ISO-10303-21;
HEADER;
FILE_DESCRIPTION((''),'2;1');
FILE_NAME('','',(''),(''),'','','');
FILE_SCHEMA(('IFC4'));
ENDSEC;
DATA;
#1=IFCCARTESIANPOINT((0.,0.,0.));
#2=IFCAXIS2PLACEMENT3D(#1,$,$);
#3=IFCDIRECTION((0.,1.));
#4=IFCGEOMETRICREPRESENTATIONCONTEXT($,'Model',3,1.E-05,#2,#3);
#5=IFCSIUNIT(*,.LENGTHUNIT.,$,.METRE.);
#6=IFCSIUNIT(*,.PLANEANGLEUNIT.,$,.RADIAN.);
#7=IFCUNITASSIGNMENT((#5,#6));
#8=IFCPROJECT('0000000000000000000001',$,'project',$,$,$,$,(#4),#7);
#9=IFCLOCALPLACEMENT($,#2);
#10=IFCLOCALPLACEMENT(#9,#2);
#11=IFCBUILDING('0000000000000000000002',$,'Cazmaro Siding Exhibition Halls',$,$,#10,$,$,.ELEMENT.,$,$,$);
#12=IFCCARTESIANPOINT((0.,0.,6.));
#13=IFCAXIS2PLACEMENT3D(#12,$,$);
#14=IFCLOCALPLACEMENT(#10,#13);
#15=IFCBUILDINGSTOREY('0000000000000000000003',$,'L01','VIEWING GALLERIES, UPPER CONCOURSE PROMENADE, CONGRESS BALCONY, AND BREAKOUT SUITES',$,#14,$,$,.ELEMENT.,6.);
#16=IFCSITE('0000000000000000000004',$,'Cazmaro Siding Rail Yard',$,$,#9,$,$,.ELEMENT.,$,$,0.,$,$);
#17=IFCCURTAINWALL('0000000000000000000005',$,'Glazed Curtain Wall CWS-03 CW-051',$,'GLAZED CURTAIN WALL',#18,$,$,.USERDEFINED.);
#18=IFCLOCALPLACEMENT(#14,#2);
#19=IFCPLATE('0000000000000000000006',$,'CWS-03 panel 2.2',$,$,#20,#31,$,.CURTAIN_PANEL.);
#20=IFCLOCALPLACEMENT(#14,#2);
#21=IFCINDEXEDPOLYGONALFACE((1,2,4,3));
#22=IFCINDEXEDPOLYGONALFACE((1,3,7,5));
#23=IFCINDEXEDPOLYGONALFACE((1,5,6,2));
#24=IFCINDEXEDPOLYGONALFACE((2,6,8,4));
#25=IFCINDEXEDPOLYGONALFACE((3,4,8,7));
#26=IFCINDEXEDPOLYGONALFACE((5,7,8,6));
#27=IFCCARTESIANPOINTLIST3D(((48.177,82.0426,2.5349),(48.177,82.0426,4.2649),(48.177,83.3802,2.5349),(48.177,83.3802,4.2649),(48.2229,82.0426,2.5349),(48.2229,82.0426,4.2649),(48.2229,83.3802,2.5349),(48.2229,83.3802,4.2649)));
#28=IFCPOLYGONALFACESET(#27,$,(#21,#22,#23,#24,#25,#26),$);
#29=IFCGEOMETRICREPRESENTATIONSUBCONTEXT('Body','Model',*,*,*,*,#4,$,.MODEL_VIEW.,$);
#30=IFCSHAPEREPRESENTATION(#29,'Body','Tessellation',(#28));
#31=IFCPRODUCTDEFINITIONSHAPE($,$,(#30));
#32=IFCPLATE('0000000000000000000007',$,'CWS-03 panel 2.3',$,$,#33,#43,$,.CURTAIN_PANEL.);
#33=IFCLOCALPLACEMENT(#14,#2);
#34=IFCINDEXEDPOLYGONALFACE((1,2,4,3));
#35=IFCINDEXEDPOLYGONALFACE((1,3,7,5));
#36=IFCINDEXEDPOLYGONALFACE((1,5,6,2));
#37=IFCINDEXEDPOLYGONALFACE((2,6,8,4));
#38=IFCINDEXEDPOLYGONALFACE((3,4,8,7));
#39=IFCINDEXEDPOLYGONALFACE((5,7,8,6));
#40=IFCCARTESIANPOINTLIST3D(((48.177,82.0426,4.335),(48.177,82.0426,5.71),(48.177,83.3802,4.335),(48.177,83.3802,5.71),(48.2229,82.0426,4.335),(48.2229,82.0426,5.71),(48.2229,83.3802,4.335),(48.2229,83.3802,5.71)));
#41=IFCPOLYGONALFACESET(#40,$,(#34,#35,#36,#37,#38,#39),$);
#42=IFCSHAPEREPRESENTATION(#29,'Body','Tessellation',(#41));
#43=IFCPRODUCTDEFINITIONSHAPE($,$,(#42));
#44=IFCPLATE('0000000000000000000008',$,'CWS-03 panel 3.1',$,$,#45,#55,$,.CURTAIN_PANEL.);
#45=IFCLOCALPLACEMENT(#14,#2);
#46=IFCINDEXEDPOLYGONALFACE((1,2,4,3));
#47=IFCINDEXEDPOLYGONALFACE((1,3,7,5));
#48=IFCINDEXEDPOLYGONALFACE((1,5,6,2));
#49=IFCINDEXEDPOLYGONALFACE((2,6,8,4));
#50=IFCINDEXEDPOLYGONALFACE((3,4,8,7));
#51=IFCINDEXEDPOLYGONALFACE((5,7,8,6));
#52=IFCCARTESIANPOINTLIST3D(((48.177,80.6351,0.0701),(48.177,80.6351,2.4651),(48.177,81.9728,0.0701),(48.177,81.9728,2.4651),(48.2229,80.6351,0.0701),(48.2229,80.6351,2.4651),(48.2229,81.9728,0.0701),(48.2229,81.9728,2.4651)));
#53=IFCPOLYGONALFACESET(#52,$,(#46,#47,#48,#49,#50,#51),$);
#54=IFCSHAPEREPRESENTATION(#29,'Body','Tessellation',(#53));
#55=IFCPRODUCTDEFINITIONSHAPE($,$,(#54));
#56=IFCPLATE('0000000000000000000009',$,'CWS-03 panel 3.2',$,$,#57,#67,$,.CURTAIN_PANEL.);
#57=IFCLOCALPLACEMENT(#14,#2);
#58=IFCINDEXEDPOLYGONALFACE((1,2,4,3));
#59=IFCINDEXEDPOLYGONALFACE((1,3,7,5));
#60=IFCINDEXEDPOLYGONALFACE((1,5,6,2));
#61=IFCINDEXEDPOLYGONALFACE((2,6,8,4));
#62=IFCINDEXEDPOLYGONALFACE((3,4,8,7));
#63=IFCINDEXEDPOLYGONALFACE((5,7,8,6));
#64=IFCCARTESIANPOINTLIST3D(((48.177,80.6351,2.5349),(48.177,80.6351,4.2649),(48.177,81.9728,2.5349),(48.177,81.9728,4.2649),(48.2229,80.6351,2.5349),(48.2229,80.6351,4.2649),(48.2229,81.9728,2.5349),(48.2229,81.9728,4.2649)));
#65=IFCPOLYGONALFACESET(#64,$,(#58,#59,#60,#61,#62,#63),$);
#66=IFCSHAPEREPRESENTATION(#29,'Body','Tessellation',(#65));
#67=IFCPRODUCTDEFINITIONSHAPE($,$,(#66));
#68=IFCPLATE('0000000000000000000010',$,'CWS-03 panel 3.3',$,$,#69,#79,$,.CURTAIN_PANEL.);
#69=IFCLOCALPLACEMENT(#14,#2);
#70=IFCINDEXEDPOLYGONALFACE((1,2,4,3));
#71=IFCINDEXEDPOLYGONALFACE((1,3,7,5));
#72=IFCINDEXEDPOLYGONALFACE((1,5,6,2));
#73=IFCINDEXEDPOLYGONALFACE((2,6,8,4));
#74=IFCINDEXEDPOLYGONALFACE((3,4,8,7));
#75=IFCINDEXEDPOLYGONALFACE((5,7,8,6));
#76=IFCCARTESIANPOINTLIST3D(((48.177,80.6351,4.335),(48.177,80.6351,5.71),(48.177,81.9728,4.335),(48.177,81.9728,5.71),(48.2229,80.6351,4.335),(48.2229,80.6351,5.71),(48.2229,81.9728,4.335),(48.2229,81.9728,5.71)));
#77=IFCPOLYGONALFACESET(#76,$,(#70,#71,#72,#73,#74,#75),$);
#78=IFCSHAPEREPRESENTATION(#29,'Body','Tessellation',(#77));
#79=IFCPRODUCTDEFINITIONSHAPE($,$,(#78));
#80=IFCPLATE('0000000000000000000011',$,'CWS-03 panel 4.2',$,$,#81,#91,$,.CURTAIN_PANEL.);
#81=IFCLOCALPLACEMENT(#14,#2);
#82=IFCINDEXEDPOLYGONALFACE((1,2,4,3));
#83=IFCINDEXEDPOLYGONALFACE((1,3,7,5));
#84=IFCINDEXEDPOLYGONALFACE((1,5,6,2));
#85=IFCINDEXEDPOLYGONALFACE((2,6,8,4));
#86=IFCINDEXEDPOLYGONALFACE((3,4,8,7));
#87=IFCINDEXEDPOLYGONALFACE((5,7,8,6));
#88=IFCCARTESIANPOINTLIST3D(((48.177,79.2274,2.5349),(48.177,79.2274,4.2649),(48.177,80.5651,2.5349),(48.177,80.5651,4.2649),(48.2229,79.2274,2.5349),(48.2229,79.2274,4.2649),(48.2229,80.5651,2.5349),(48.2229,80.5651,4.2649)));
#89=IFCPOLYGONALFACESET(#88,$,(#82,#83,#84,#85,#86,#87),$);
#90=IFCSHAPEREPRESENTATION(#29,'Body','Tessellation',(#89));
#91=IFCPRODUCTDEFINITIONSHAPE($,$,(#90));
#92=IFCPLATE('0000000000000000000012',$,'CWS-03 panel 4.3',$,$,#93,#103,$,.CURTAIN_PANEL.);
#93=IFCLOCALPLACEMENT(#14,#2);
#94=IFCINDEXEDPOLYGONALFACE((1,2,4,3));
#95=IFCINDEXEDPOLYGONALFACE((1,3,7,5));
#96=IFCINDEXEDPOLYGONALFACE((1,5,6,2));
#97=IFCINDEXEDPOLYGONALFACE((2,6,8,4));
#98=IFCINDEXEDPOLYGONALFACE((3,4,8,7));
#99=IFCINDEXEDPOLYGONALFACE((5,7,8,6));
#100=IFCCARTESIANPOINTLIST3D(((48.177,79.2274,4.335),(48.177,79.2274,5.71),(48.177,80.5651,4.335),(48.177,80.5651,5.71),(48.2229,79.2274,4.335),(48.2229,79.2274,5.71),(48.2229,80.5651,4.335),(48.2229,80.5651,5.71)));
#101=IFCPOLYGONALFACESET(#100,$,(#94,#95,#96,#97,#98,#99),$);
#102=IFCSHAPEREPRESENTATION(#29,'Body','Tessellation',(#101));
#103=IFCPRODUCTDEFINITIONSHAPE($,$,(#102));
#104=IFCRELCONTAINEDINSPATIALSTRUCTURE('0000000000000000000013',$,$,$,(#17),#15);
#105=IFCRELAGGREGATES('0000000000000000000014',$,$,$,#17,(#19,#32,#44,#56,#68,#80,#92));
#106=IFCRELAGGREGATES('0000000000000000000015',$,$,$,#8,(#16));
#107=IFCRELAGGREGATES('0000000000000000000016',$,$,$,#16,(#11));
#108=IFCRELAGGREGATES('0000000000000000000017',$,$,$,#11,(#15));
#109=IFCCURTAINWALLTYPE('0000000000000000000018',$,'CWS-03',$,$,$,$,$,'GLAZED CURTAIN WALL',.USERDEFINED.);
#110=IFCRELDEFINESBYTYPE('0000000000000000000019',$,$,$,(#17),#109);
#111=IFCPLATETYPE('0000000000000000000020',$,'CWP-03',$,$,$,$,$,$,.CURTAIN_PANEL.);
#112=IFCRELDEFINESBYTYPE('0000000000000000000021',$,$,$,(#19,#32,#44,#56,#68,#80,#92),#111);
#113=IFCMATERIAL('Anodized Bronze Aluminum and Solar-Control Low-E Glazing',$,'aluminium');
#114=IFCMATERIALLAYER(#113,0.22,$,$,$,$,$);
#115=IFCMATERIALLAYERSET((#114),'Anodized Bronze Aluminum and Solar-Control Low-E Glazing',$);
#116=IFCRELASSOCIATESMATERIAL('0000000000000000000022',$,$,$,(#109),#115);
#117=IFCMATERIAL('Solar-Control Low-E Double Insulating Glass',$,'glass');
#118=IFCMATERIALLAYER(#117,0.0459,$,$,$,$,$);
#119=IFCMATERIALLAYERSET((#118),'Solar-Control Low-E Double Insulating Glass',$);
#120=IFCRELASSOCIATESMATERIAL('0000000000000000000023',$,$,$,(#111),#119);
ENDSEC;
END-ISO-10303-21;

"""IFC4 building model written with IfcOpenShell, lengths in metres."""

from ifc_helpers import new_model, si_unit, direction, frame, origin, origin_2d, place, context, subcontext, project, spatial, rectangle, extrude, material, layer, layer_set, type_object, element, aggregate, save


model = new_model("IFC4")

# Units and contexts
model_context = context("Model", 3, precision=1e-05, world=origin(), true_north=direction((0.0, 1.0)))
body_context = subcontext(model_context, "Body", "Model", "MODEL_VIEW")
ifc_project = project(units=[si_unit("LENGTHUNIT", "METRE"), si_unit("PLANEANGLEUNIT", "RADIAN")], contexts=[model_context])

# Site, building, storey
site_placement = place(None, origin())
site = spatial("IfcSite", under=ifc_project, at=site_placement, Name="Cazmaro Siding Rail Yard", CompositionType="ELEMENT", RefElevation=0.0)
building_placement = place(site_placement, origin())
building = spatial("IfcBuilding", under=site, at=building_placement, Name="Cazmaro Siding Exhibition Halls", CompositionType="ELEMENT")
storey_placement = place(building_placement, frame((0.0, 0.0, 6.0)))
storey = spatial("IfcBuildingStorey", under=building, at=storey_placement, Name="L01", Description="VIEWING GALLERIES, UPPER CONCOURSE PROMENADE, CONGRESS BALCONY, AND BREAKOUT SUITES", CompositionType="ELEMENT", Elevation=6.0)

# Curtain wall, plates
ifc_material_1 = material(Name="Anodized Bronze Aluminum and Solar-Control Low-E Glazing", Category="aluminium")
ifc_layer_1 = layer(ifc_material_1, 0.22)
ifc_layer_set_1 = layer_set([ifc_layer_1], Name="Anodized Bronze Aluminum and Solar-Control Low-E Glazing")
curtain_wall_type = type_object("IfcCurtainWallType", Name="CWS-03", ElementType="GLAZED CURTAIN WALL", PredefinedType="USERDEFINED", material=ifc_layer_set_1)
curtain_wall_placement = place(storey_placement, origin())
curtain_wall = element("IfcCurtainWall", 1, at=curtain_wall_placement, inside=storey, type_object=curtain_wall_type, Name="Glazed Curtain Wall CWS-03 CW-051", ObjectType="GLAZED CURTAIN WALL", PredefinedType="USERDEFINED")
ifc_material_2 = material(Name="Solar-Control Low-E Double Insulating Glass", Category="glass")
ifc_layer_2 = layer(ifc_material_2, 0.0459)
ifc_layer_set_2 = layer_set([ifc_layer_2], Name="Solar-Control Low-E Double Insulating Glass")
plate_type = type_object("IfcPlateType", Name="CWP-03", PredefinedType="CURTAIN_PANEL", material=ifc_layer_set_2)
plate_1_placement = place(storey_placement, frame((48.2, 82.7114, 2.5349), z_axis=(0.0, 0.0, 1.0), x_axis=(0.0, -1.0, 0.0)))
plate_1 = element("IfcPlate", 2, at=plate_1_placement, type_object=plate_type, Name="CWS-03 panel 2.2", PredefinedType="CURTAIN_PANEL", context=body_context, shape_type="SweptSolid", body=[
    extrude(rectangle(XDim=1.3376, YDim=0.0459, at=origin_2d()), origin(), (0.0, 0.0, 1.0), 1.73),
])
plate_2_placement = place(storey_placement, frame((48.2, 82.7114, 4.335), z_axis=(0.0, 0.0, 1.0), x_axis=(0.0, -1.0, 0.0)))
plate_2 = element("IfcPlate", 3, at=plate_2_placement, type_object=plate_type, Name="CWS-03 panel 2.3", PredefinedType="CURTAIN_PANEL", context=body_context, shape_type="SweptSolid", body=[
    extrude(rectangle(XDim=1.3376, YDim=0.0459, at=origin_2d()), origin(), (0.0, 0.0, 1.0), 1.375),
])
plate_3_placement = place(storey_placement, frame((48.2, 81.304, 0.0701), z_axis=(0.0, 0.0, 1.0), x_axis=(0.0, -1.0, 0.0)))
plate_3 = element("IfcPlate", 4, at=plate_3_placement, type_object=plate_type, Name="CWS-03 panel 3.1", PredefinedType="CURTAIN_PANEL", context=body_context, shape_type="SweptSolid", body=[
    extrude(rectangle(XDim=1.3376, YDim=0.0459, at=origin_2d()), origin(), (0.0, 0.0, 1.0), 2.395),
])
plate_4_placement = place(storey_placement, frame((48.2, 81.304, 2.5349), z_axis=(0.0, 0.0, 1.0), x_axis=(0.0, -1.0, 0.0)))
plate_4 = element("IfcPlate", 5, at=plate_4_placement, type_object=plate_type, Name="CWS-03 panel 3.2", PredefinedType="CURTAIN_PANEL", context=body_context, shape_type="SweptSolid", body=[
    extrude(rectangle(XDim=1.3376, YDim=0.0459, at=origin_2d()), origin(), (0.0, 0.0, 1.0), 1.73),
])
plate_5_placement = place(storey_placement, frame((48.2, 81.304, 4.335), z_axis=(0.0, 0.0, 1.0), x_axis=(0.0, -1.0, 0.0)))
plate_5 = element("IfcPlate", 6, at=plate_5_placement, type_object=plate_type, Name="CWS-03 panel 3.3", PredefinedType="CURTAIN_PANEL", context=body_context, shape_type="SweptSolid", body=[
    extrude(rectangle(XDim=1.3376, YDim=0.0459, at=origin_2d()), origin(), (0.0, 0.0, 1.0), 1.375),
])
plate_6_placement = place(storey_placement, frame((48.2, 79.8962, 2.5349), z_axis=(0.0, 0.0, 1.0), x_axis=(0.0, -1.0, 0.0)))
plate_6 = element("IfcPlate", 7, at=plate_6_placement, type_object=plate_type, Name="CWS-03 panel 4.2", PredefinedType="CURTAIN_PANEL", context=body_context, shape_type="SweptSolid", body=[
    extrude(rectangle(XDim=1.3376, YDim=0.0459, at=origin_2d()), origin(), (0.0, 0.0, 1.0), 1.73),
])
plate_7_placement = place(storey_placement, frame((48.2, 79.8962, 4.335), z_axis=(0.0, 0.0, 1.0), x_axis=(0.0, -1.0, 0.0)))
plate_7 = element("IfcPlate", 8, at=plate_7_placement, type_object=plate_type, Name="CWS-03 panel 4.3", PredefinedType="CURTAIN_PANEL", context=body_context, shape_type="SweptSolid", body=[
    extrude(rectangle(XDim=1.3376, YDim=0.0459, at=origin_2d()), origin(), (0.0, 0.0, 1.0), 1.375),
])
aggregate(curtain_wall, [plate_1, plate_2, plate_3, plate_4, plate_5, plate_6, plate_7])

save(model, "model.ifc")
